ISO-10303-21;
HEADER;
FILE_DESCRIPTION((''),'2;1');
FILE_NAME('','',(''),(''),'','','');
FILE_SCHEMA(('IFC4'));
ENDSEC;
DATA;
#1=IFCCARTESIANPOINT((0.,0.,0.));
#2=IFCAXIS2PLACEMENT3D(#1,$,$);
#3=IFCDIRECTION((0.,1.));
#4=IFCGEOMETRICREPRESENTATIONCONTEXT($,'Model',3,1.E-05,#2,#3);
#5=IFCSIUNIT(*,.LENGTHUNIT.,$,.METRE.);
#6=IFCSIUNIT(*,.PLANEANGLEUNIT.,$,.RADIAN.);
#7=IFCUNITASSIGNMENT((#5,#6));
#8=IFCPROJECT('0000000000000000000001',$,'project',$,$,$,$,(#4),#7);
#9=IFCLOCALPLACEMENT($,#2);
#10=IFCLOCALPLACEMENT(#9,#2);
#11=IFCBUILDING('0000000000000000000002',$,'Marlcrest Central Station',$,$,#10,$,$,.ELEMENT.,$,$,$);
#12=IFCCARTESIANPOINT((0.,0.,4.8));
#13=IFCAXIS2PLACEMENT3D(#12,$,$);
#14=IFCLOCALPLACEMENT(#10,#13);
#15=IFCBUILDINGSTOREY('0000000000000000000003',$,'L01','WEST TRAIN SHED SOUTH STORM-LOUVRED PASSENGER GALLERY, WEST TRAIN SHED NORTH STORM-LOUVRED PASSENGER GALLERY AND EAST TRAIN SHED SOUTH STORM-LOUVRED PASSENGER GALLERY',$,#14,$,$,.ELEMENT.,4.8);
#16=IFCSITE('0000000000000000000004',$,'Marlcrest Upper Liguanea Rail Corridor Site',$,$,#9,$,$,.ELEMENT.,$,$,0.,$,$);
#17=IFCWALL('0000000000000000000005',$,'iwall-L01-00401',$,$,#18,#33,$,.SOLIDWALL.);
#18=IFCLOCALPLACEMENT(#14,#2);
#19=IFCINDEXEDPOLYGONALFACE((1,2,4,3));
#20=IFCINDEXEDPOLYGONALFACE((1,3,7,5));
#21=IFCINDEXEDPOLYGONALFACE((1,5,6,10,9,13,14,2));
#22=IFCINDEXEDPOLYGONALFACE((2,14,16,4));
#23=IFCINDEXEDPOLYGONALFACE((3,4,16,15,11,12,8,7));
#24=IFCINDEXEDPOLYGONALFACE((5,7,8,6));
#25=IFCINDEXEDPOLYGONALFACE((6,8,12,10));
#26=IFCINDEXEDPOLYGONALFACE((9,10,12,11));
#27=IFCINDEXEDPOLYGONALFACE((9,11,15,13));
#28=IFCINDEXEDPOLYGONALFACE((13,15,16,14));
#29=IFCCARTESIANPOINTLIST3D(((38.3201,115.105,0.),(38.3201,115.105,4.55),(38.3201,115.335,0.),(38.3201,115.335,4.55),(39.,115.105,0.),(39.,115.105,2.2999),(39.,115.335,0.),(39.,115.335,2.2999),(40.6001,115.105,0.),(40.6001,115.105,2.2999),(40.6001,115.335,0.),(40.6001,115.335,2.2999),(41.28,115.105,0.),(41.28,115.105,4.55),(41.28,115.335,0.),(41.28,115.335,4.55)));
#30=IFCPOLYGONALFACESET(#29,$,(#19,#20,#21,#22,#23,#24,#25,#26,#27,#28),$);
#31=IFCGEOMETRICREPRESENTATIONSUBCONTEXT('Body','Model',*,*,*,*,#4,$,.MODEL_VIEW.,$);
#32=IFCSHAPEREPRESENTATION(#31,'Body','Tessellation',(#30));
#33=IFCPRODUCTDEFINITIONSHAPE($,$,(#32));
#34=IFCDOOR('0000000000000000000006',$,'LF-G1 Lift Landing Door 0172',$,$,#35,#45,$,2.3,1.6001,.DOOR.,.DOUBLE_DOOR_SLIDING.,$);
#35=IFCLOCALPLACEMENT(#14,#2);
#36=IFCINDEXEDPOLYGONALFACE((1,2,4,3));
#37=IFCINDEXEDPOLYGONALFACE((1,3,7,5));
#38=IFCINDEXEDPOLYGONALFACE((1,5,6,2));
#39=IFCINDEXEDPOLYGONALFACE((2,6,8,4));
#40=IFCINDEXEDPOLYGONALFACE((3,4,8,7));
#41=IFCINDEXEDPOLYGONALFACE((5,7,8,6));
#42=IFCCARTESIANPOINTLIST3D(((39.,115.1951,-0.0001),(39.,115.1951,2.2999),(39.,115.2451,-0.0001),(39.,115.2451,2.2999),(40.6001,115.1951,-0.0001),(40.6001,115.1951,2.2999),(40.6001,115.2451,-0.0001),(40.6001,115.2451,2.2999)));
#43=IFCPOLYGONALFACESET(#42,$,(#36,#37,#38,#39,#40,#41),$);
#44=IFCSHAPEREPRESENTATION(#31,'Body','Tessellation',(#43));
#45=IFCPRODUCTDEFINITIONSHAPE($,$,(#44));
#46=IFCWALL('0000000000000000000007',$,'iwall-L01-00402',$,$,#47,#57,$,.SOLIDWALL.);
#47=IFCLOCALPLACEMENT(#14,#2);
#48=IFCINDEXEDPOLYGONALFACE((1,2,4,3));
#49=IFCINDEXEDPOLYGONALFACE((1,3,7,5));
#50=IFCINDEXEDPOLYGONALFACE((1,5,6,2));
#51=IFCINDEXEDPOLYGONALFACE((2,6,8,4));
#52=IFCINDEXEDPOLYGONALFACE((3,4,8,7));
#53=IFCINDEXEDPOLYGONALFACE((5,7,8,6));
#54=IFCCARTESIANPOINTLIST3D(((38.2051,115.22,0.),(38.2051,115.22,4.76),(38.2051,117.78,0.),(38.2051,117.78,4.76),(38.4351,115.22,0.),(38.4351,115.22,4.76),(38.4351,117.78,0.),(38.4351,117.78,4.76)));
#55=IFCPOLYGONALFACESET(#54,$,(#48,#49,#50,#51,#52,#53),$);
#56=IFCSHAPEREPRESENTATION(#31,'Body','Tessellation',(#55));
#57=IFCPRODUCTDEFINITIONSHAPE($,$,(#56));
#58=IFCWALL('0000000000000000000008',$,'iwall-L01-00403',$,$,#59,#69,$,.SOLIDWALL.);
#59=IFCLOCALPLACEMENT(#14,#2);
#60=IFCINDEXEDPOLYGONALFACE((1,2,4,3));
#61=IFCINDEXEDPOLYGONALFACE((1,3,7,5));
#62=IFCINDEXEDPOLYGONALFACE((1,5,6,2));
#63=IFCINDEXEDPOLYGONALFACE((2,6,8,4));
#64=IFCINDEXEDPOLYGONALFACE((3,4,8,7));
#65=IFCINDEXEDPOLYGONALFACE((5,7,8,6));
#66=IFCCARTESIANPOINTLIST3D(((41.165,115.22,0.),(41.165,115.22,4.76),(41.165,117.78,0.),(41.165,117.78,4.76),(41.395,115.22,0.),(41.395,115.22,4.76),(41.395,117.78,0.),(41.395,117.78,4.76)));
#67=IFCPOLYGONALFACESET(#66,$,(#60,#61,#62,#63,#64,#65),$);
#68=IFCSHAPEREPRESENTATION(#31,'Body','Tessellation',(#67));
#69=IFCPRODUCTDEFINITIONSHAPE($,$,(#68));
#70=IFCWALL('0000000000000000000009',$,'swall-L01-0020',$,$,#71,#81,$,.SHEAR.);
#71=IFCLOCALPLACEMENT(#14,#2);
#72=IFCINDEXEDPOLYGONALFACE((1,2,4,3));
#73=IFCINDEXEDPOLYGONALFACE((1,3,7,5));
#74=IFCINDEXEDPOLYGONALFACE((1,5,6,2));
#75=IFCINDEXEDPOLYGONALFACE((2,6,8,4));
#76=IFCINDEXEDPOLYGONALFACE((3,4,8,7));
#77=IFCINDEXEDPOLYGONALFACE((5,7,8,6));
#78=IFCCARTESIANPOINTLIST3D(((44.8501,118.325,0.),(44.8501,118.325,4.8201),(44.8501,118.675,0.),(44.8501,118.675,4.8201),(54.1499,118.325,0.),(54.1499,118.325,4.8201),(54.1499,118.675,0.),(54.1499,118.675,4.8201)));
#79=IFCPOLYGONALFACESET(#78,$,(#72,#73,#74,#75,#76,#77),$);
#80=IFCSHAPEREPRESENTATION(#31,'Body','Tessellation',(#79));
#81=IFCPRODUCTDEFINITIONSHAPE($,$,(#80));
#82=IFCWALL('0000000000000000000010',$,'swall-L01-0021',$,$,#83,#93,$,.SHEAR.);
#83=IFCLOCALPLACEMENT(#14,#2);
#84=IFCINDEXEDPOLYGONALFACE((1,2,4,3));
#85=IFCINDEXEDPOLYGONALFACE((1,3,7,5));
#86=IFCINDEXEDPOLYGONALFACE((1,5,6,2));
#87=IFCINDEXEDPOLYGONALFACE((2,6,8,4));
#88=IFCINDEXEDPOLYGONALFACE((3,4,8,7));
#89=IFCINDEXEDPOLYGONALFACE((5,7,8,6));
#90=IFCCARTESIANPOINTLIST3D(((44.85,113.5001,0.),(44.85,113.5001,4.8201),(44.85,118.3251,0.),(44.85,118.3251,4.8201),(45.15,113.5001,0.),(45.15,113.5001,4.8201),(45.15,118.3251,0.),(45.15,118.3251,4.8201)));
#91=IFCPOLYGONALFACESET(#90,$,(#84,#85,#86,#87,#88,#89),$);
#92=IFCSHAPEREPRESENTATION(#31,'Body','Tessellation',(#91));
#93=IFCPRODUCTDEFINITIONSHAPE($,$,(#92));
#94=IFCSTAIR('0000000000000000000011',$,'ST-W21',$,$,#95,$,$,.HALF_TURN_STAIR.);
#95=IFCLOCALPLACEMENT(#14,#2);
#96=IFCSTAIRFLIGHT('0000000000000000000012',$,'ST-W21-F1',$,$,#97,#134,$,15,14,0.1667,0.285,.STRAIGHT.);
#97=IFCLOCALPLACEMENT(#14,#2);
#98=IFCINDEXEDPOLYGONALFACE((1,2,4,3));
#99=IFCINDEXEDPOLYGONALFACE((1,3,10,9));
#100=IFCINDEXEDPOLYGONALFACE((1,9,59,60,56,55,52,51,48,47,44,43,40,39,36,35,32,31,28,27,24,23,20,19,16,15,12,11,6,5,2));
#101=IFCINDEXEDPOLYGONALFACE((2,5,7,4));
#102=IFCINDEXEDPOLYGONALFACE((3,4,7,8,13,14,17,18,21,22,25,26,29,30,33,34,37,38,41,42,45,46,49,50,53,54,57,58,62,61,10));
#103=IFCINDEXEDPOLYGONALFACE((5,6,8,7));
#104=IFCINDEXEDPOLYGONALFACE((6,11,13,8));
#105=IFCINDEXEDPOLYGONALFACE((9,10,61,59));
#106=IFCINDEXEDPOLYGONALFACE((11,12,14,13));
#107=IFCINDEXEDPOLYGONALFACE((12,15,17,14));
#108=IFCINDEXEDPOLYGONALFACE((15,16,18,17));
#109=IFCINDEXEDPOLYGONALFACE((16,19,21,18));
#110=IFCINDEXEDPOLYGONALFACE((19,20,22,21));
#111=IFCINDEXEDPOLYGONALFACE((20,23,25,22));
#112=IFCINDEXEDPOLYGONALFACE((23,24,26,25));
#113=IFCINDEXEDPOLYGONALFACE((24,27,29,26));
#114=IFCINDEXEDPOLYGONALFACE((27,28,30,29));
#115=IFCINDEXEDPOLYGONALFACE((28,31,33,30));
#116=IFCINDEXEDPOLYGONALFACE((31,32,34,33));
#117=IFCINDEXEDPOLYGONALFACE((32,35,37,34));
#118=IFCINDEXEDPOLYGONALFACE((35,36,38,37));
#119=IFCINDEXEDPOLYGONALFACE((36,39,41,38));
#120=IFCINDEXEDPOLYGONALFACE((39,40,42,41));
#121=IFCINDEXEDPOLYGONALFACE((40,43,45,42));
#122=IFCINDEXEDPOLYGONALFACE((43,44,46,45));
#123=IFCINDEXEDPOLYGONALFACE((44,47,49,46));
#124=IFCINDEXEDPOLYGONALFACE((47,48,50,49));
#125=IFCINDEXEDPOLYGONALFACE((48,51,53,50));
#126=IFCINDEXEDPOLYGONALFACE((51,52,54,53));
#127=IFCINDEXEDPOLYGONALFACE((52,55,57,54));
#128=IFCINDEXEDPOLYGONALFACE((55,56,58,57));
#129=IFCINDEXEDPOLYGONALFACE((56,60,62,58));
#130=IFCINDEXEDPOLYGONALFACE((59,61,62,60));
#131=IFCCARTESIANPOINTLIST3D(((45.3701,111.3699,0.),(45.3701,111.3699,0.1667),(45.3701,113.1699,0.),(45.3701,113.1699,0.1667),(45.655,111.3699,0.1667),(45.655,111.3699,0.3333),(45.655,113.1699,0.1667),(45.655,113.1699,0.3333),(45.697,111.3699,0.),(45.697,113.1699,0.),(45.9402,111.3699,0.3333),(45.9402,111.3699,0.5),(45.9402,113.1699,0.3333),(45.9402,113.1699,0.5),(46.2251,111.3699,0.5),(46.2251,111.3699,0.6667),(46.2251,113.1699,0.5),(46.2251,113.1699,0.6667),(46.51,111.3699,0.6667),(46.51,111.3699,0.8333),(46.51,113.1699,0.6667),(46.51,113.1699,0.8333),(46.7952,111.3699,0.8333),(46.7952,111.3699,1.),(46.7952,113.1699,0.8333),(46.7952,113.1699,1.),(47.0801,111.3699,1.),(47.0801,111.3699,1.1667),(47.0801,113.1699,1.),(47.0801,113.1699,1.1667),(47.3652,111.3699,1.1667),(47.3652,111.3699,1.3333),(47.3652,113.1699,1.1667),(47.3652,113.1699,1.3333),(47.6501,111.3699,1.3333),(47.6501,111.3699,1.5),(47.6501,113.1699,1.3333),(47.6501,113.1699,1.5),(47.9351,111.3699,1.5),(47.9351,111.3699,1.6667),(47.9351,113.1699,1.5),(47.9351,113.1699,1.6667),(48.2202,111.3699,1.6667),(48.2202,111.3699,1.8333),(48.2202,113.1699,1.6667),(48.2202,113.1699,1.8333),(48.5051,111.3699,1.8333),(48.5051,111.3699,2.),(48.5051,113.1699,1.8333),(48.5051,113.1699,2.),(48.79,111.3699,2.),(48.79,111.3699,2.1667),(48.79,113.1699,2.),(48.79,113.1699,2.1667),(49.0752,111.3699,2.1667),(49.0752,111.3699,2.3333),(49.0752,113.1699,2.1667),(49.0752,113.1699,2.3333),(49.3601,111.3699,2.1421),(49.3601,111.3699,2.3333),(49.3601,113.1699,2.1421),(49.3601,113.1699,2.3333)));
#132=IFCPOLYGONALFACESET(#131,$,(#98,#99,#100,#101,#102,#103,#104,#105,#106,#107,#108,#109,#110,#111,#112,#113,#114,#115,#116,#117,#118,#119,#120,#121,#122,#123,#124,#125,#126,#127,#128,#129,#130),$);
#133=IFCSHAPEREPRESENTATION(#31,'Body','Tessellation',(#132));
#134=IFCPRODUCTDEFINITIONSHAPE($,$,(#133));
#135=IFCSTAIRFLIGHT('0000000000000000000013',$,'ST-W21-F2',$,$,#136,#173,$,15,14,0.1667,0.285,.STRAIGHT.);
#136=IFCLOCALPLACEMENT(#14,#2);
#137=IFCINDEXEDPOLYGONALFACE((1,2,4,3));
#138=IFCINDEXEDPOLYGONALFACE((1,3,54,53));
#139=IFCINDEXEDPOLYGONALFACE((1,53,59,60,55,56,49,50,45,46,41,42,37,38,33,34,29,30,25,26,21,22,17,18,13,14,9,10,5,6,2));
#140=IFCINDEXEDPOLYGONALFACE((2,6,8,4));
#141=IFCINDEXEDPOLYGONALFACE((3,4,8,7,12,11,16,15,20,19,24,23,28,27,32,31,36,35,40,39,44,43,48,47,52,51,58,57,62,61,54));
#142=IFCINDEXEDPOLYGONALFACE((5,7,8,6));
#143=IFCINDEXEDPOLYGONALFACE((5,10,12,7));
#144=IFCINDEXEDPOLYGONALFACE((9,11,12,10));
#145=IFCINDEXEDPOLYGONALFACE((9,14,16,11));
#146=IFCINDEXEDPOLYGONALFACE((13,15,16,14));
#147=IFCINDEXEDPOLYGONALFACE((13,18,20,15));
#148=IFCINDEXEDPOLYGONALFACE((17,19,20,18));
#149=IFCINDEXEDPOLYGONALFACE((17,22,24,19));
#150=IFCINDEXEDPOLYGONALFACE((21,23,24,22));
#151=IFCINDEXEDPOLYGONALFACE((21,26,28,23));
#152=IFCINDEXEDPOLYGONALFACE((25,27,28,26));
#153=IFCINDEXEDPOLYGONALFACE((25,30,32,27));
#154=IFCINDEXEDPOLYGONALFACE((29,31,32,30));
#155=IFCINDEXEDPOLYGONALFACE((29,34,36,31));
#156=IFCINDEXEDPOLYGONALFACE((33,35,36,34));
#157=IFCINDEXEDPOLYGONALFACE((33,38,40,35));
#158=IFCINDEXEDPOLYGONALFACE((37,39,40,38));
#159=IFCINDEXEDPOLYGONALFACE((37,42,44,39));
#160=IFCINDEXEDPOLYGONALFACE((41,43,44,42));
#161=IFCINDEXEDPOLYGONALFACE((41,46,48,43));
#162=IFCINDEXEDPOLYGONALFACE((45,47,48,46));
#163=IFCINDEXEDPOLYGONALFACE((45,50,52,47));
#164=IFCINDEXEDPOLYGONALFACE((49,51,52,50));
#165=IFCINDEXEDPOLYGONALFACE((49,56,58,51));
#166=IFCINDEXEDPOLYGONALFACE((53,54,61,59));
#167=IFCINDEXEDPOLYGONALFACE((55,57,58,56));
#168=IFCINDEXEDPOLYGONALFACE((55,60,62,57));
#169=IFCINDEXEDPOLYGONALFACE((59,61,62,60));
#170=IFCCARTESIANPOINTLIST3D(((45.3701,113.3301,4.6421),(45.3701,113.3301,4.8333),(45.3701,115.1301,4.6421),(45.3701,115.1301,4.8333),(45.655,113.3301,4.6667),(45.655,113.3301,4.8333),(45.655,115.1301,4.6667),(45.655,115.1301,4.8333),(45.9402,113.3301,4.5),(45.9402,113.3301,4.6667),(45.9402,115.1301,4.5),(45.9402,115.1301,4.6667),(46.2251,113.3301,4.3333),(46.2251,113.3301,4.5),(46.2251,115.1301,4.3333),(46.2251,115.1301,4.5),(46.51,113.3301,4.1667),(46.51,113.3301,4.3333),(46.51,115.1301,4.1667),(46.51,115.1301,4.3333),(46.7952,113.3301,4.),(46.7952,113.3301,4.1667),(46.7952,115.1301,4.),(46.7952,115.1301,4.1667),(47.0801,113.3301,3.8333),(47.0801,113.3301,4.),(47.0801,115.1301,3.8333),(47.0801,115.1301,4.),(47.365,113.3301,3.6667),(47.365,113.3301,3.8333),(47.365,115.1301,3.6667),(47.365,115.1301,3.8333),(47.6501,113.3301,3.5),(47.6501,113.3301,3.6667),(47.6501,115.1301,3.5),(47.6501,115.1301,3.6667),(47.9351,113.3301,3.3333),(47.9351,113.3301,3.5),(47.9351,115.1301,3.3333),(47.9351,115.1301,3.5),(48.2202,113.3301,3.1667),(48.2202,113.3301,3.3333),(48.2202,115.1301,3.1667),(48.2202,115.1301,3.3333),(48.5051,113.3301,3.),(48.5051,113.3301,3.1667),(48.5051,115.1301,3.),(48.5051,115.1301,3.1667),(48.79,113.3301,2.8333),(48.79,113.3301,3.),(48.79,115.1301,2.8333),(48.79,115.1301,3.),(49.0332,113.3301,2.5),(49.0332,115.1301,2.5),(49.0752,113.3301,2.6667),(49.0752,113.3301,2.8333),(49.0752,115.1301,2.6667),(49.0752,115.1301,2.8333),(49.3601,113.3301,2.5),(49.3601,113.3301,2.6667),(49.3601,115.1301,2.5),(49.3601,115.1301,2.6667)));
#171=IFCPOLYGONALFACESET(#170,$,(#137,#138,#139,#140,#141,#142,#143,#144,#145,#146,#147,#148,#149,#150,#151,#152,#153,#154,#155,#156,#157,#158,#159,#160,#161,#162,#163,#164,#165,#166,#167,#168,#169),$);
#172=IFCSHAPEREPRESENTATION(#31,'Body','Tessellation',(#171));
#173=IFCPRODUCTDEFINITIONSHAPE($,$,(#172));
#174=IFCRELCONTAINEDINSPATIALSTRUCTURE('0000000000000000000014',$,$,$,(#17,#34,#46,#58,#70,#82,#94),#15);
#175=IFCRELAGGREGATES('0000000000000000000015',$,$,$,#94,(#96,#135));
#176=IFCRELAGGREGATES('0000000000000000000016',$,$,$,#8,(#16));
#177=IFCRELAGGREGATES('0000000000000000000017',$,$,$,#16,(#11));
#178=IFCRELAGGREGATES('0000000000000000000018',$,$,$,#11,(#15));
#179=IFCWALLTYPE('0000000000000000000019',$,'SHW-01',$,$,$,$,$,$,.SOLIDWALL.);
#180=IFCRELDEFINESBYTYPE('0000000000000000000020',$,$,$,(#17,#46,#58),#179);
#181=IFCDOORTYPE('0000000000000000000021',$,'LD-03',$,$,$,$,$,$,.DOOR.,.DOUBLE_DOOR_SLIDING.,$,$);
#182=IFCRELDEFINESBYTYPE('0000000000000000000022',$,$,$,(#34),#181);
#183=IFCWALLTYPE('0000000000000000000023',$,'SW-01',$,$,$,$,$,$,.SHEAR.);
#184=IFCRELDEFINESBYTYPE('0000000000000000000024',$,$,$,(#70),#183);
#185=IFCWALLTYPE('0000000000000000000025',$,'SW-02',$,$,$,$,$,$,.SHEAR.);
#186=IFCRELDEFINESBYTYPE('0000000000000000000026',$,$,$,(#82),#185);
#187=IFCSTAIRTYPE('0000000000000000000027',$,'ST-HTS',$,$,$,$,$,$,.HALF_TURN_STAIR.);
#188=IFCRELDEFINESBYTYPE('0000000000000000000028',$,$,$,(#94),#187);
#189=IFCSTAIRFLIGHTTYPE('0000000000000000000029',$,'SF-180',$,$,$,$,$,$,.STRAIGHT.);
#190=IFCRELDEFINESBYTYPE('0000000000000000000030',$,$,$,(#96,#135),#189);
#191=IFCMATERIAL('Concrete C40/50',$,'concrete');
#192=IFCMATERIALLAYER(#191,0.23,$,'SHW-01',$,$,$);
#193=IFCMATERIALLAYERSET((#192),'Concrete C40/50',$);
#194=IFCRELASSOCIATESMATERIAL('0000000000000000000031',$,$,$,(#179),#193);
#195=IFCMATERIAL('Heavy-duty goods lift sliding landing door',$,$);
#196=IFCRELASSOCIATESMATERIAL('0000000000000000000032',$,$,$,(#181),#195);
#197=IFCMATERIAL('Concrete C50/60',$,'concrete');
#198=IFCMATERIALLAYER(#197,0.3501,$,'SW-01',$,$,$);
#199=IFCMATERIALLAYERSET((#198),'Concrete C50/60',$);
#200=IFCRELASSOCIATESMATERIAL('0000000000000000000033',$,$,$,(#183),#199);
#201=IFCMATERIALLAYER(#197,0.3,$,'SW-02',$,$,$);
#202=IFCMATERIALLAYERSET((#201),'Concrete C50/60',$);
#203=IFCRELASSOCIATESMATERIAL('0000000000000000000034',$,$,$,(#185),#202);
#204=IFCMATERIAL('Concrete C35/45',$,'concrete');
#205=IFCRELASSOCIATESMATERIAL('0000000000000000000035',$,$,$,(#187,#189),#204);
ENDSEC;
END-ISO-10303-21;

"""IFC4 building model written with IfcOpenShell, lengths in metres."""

from ifc_helpers import new_model, si_unit, direction, frame, frame_2d, origin, place, context, subcontext, project, spatial, polyline, rectangle, outline, extrude, material, layer, layer_set, type_object, element, fill, aggregate, save


model = new_model("IFC4")

# Units and contexts
model_context = context("Model", 3, precision=1e-05, world=origin(), true_north=direction((0.0, 1.0)))
body_context = subcontext(model_context, "Body", "Model", "MODEL_VIEW")
ifc_project = project(units=[si_unit("LENGTHUNIT", "METRE"), si_unit("PLANEANGLEUNIT", "RADIAN")], contexts=[model_context])

# Site, building, storey
site_placement = place(None, origin())
site = spatial("IfcSite", under=ifc_project, at=site_placement, Name="Marlcrest Upper Liguanea Rail Corridor Site", CompositionType="ELEMENT", RefElevation=0.0)
building_placement = place(site_placement, origin())
building = spatial("IfcBuilding", under=site, at=building_placement, Name="Marlcrest Central Station", CompositionType="ELEMENT")
storey_placement = place(building_placement, frame((0.0, 0.0, 4.8)))
storey = spatial("IfcBuildingStorey", under=building, at=storey_placement, Name="L01", Description="WEST TRAIN SHED SOUTH STORM-LOUVRED PASSENGER GALLERY, WEST TRAIN SHED NORTH STORM-LOUVRED PASSENGER GALLERY AND EAST TRAIN SHED SOUTH STORM-LOUVRED PASSENGER GALLERY", CompositionType="ELEMENT", Elevation=4.8)

# Shared definitions
ifc_material_1 = material(Name="Concrete C40/50", Category="concrete")
ifc_layer_1 = layer(ifc_material_1, 0.23, Name="SHW-01")
ifc_layer_set_1 = layer_set([ifc_layer_1], Name="Concrete C40/50")
wall_type_1 = type_object("IfcWallType", Name="SHW-01", PredefinedType="SOLIDWALL", material=ifc_layer_set_1)

# Wall, opening, door
wall_1_placement = place(storey_placement, frame((41.28, 115.22, 0.0), z_axis=(0.0, 0.0, 1.0), x_axis=(-1.0, 0.0, 0.0)))
wall_1 = element("IfcWall", 1, at=wall_1_placement, inside=storey, type_object=wall_type_1, Name="iwall-L01-00401", PredefinedType="SOLIDWALL", context=body_context, shape_type="SweptSolid", body=[
    extrude(rectangle(XDim=2.96, YDim=0.23, at=frame_2d((1.48, 0.0))), origin(), (0.0, 0.0, 1.0), 4.55),
])
opening_1_placement = place(wall_1_placement, frame((0.6799, 0.0, 0.0)))
opening_1 = element("IfcOpeningElement", 2, at=opening_1_placement, cuts=wall_1, PredefinedType="OPENING", context=body_context, shape_type="SweptSolid", body=[
    extrude(rectangle(XDim=1.6001, YDim=2.3, at=frame_2d((0.8, 1.1499))), frame((0.0, 0.125, 0.0), z_axis=(0.0, -1.0, 0.0), x_axis=(1.0, 0.0, 0.0)), (0.0, 0.0, 1.0), 0.25),
])
ifc_material_2 = material(Name="Heavy-duty goods lift sliding landing door")
door_type_1 = type_object("IfcDoorType", Name="LD-03", OperationType="DOUBLE_DOOR_SLIDING", PredefinedType="DOOR", material=ifc_material_2)
door_1_placement = place(opening_1_placement, origin())
door_1 = element("IfcDoor", 3, at=door_1_placement, inside=storey, type_object=door_type_1, Name="LF-G1 Lift Landing Door 0172", OperationType="DOUBLE_DOOR_SLIDING", OverallHeight=2.3, OverallWidth=1.6001, PredefinedType="DOOR", context=body_context, shape_type="SweptSolid", body=[
    extrude(rectangle(XDim=1.6001, YDim=2.3, at=frame_2d((0.8, 1.1499))), frame((0.0, 0.0249, 0.0), z_axis=(0.0, -1.0, 0.0), x_axis=(1.0, 0.0, 0.0)), (0.0, 0.0, 1.0), 0.05),
])
fill(opening_1, door_1)

# Walls
for number, where, z_axis, x_axis, name in (
    (4, (38.3201, 115.22, 0.0), (0.0, 0.0, 1.0), (0.0, 1.0, 0.0), "iwall-L01-00402"),
    (5, (41.28, 117.78, 0.0), (0.0, 0.0, 1.0), (0.0, -1.0, 0.0), "iwall-L01-00403"),
):
    element("IfcWall", number, at=place(storey_placement, frame(where, z_axis=z_axis, x_axis=x_axis)), inside=storey, type_object=wall_type_1, Name=name, PredefinedType="SOLIDWALL", context=body_context, shape_type="SweptSolid", body=[
        extrude(rectangle(XDim=2.5601, YDim=0.23, at=frame_2d((1.28, 0.0))), origin(), (0.0, 0.0, 1.0), 4.76),
    ])
ifc_material_3 = material(Name="Concrete C50/60", Category="concrete")
ifc_layer_2 = layer(ifc_material_3, 0.3501, Name="SW-01")
ifc_layer_set_2 = layer_set([ifc_layer_2], Name="Concrete C50/60")
wall_type_2 = type_object("IfcWallType", Name="SW-01", PredefinedType="SHEAR", material=ifc_layer_set_2)
wall_2_placement = place(storey_placement, frame((44.8501, 118.5, 0.0), z_axis=(0.0, 0.0, 1.0), x_axis=(1.0, 0.0, 0.0)))
element("IfcWall", 6, at=wall_2_placement, inside=storey, type_object=wall_type_2, Name="swall-L01-0020", PredefinedType="SHEAR", context=body_context, shape_type="SweptSolid", body=[
    extrude(rectangle(XDim=9.2998, YDim=0.3501, at=frame_2d((4.6499, 0.0))), origin(), (0.0, 0.0, 1.0), 4.8201),
])
ifc_layer_3 = layer(ifc_material_3, 0.3, Name="SW-02")
ifc_layer_set_3 = layer_set([ifc_layer_3], Name="Concrete C50/60")
wall_type_3 = type_object("IfcWallType", Name="SW-02", PredefinedType="SHEAR", material=ifc_layer_set_3)
wall_3_placement = place(storey_placement, frame((45.0, 113.5, 0.0), z_axis=(0.0, 0.0, 1.0), x_axis=(0.0, 1.0, 0.0)))
element("IfcWall", 7, at=wall_3_placement, inside=storey, type_object=wall_type_3, Name="swall-L01-0021", PredefinedType="SHEAR", context=body_context, shape_type="SweptSolid", body=[
    extrude(rectangle(XDim=4.825, YDim=0.3, at=frame_2d((2.4126, 0.0))), origin(), (0.0, 0.0, 1.0), 4.8201),
])

# Stair, stair flights
ifc_material_4 = material(Name="Concrete C35/45", Category="concrete")
stair_type = type_object("IfcStairType", Name="ST-HTS", PredefinedType="HALF_TURN_STAIR", material=ifc_material_4)
stair_placement = place(storey_placement, origin())
stair = element("IfcStair", 8, at=stair_placement, inside=storey, type_object=stair_type, Name="ST-W21", PredefinedType="HALF_TURN_STAIR")
stair_flight_type = type_object("IfcStairFlightType", Name="SF-180", PredefinedType="STRAIGHT", material=ifc_material_4)
stair_flight_1_placement = place(storey_placement, frame((45.3701, 112.27, 0.0), z_axis=(0.0, 0.0, 1.0), x_axis=(1.0, 0.0, 0.0)))
stair_flight_1 = element("IfcStairFlight", 9, at=stair_flight_1_placement, type_object=stair_flight_type, Name="ST-W21-F1", NumberOfRisers=15, NumberOfTreads=14, PredefinedType="STRAIGHT", RiserHeight=0.1667, TreadLength=0.285, context=body_context, shape_type="SweptSolid", body=[
    extrude(outline(polyline([(0.0, 0.0), (0.0, 0.1667), (0.2849, 0.1667), (0.2849, 0.3333), (0.5701, 0.3333), (0.5701, 0.5), (0.855, 0.5), (0.855, 0.6667), (1.1399, 0.6667), (1.1399, 0.8333), (1.425, 0.8333), (1.425, 1.0), (1.71, 1.0), (1.71, 1.1667), (1.9951, 1.1667), (1.9951, 1.3333), (2.28, 1.3333), (2.28, 1.5), (2.5649, 1.5), (2.5649, 1.6667), (2.8501, 1.6667), (2.8501, 1.8333), (3.135, 1.8333), (3.135, 2.0), (3.4199, 2.0), (3.4199, 2.1667), (3.7051, 2.1667), (3.7051, 2.3333), (3.99, 2.3333), (3.99, 2.5), (3.99, 2.1421), (0.3269, 0.0), (0.0, 0.0)])), frame((0.0, 0.8999, 0.0), z_axis=(0.0, -1.0, 0.0), x_axis=(1.0, 0.0, 0.0)), (0.0, 0.0, 1.0), 1.8),
])
stair_flight_2_placement = place(storey_placement, frame((49.3601, 114.23, 2.5), z_axis=(0.0, 0.0, 1.0), x_axis=(-1.0, 0.0, 0.0)))
stair_flight_2 = element("IfcStairFlight", 10, at=stair_flight_2_placement, type_object=stair_flight_type, Name="ST-W21-F2", NumberOfRisers=15, NumberOfTreads=14, PredefinedType="STRAIGHT", RiserHeight=0.1667, TreadLength=0.285, context=body_context, shape_type="SweptSolid", body=[
    extrude(outline(polyline([(0.0, 0.0), (0.0, 0.1667), (0.2849, 0.1667), (0.2849, 0.3333), (0.5701, 0.3333), (0.5701, 0.5), (0.855, 0.5), (0.855, 0.6667), (1.1399, 0.6667), (1.1399, 0.8333), (1.425, 0.8333), (1.425, 1.0), (1.71, 1.0), (1.71, 1.1667), (1.9951, 1.1667), (1.9951, 1.3333), (2.28, 1.3333), (2.28, 1.5), (2.5649, 1.5), (2.5649, 1.6667), (2.8501, 1.6667), (2.8501, 1.8333), (3.135, 1.8333), (3.135, 2.0), (3.4199, 2.0), (3.4199, 2.1667), (3.7051, 2.1667), (3.7051, 2.3333), (3.99, 2.3333), (3.99, 2.5), (3.99, 2.1421), (0.3269, 0.0), (0.0, 0.0)])), frame((0.0, 0.8999, 0.0), z_axis=(0.0, -1.0, 0.0), x_axis=(1.0, 0.0, 0.0)), (0.0, 0.0, 1.0), 1.8),
])
aggregate(stair, [stair_flight_1, stair_flight_2])

save(model, "model.ifc")
